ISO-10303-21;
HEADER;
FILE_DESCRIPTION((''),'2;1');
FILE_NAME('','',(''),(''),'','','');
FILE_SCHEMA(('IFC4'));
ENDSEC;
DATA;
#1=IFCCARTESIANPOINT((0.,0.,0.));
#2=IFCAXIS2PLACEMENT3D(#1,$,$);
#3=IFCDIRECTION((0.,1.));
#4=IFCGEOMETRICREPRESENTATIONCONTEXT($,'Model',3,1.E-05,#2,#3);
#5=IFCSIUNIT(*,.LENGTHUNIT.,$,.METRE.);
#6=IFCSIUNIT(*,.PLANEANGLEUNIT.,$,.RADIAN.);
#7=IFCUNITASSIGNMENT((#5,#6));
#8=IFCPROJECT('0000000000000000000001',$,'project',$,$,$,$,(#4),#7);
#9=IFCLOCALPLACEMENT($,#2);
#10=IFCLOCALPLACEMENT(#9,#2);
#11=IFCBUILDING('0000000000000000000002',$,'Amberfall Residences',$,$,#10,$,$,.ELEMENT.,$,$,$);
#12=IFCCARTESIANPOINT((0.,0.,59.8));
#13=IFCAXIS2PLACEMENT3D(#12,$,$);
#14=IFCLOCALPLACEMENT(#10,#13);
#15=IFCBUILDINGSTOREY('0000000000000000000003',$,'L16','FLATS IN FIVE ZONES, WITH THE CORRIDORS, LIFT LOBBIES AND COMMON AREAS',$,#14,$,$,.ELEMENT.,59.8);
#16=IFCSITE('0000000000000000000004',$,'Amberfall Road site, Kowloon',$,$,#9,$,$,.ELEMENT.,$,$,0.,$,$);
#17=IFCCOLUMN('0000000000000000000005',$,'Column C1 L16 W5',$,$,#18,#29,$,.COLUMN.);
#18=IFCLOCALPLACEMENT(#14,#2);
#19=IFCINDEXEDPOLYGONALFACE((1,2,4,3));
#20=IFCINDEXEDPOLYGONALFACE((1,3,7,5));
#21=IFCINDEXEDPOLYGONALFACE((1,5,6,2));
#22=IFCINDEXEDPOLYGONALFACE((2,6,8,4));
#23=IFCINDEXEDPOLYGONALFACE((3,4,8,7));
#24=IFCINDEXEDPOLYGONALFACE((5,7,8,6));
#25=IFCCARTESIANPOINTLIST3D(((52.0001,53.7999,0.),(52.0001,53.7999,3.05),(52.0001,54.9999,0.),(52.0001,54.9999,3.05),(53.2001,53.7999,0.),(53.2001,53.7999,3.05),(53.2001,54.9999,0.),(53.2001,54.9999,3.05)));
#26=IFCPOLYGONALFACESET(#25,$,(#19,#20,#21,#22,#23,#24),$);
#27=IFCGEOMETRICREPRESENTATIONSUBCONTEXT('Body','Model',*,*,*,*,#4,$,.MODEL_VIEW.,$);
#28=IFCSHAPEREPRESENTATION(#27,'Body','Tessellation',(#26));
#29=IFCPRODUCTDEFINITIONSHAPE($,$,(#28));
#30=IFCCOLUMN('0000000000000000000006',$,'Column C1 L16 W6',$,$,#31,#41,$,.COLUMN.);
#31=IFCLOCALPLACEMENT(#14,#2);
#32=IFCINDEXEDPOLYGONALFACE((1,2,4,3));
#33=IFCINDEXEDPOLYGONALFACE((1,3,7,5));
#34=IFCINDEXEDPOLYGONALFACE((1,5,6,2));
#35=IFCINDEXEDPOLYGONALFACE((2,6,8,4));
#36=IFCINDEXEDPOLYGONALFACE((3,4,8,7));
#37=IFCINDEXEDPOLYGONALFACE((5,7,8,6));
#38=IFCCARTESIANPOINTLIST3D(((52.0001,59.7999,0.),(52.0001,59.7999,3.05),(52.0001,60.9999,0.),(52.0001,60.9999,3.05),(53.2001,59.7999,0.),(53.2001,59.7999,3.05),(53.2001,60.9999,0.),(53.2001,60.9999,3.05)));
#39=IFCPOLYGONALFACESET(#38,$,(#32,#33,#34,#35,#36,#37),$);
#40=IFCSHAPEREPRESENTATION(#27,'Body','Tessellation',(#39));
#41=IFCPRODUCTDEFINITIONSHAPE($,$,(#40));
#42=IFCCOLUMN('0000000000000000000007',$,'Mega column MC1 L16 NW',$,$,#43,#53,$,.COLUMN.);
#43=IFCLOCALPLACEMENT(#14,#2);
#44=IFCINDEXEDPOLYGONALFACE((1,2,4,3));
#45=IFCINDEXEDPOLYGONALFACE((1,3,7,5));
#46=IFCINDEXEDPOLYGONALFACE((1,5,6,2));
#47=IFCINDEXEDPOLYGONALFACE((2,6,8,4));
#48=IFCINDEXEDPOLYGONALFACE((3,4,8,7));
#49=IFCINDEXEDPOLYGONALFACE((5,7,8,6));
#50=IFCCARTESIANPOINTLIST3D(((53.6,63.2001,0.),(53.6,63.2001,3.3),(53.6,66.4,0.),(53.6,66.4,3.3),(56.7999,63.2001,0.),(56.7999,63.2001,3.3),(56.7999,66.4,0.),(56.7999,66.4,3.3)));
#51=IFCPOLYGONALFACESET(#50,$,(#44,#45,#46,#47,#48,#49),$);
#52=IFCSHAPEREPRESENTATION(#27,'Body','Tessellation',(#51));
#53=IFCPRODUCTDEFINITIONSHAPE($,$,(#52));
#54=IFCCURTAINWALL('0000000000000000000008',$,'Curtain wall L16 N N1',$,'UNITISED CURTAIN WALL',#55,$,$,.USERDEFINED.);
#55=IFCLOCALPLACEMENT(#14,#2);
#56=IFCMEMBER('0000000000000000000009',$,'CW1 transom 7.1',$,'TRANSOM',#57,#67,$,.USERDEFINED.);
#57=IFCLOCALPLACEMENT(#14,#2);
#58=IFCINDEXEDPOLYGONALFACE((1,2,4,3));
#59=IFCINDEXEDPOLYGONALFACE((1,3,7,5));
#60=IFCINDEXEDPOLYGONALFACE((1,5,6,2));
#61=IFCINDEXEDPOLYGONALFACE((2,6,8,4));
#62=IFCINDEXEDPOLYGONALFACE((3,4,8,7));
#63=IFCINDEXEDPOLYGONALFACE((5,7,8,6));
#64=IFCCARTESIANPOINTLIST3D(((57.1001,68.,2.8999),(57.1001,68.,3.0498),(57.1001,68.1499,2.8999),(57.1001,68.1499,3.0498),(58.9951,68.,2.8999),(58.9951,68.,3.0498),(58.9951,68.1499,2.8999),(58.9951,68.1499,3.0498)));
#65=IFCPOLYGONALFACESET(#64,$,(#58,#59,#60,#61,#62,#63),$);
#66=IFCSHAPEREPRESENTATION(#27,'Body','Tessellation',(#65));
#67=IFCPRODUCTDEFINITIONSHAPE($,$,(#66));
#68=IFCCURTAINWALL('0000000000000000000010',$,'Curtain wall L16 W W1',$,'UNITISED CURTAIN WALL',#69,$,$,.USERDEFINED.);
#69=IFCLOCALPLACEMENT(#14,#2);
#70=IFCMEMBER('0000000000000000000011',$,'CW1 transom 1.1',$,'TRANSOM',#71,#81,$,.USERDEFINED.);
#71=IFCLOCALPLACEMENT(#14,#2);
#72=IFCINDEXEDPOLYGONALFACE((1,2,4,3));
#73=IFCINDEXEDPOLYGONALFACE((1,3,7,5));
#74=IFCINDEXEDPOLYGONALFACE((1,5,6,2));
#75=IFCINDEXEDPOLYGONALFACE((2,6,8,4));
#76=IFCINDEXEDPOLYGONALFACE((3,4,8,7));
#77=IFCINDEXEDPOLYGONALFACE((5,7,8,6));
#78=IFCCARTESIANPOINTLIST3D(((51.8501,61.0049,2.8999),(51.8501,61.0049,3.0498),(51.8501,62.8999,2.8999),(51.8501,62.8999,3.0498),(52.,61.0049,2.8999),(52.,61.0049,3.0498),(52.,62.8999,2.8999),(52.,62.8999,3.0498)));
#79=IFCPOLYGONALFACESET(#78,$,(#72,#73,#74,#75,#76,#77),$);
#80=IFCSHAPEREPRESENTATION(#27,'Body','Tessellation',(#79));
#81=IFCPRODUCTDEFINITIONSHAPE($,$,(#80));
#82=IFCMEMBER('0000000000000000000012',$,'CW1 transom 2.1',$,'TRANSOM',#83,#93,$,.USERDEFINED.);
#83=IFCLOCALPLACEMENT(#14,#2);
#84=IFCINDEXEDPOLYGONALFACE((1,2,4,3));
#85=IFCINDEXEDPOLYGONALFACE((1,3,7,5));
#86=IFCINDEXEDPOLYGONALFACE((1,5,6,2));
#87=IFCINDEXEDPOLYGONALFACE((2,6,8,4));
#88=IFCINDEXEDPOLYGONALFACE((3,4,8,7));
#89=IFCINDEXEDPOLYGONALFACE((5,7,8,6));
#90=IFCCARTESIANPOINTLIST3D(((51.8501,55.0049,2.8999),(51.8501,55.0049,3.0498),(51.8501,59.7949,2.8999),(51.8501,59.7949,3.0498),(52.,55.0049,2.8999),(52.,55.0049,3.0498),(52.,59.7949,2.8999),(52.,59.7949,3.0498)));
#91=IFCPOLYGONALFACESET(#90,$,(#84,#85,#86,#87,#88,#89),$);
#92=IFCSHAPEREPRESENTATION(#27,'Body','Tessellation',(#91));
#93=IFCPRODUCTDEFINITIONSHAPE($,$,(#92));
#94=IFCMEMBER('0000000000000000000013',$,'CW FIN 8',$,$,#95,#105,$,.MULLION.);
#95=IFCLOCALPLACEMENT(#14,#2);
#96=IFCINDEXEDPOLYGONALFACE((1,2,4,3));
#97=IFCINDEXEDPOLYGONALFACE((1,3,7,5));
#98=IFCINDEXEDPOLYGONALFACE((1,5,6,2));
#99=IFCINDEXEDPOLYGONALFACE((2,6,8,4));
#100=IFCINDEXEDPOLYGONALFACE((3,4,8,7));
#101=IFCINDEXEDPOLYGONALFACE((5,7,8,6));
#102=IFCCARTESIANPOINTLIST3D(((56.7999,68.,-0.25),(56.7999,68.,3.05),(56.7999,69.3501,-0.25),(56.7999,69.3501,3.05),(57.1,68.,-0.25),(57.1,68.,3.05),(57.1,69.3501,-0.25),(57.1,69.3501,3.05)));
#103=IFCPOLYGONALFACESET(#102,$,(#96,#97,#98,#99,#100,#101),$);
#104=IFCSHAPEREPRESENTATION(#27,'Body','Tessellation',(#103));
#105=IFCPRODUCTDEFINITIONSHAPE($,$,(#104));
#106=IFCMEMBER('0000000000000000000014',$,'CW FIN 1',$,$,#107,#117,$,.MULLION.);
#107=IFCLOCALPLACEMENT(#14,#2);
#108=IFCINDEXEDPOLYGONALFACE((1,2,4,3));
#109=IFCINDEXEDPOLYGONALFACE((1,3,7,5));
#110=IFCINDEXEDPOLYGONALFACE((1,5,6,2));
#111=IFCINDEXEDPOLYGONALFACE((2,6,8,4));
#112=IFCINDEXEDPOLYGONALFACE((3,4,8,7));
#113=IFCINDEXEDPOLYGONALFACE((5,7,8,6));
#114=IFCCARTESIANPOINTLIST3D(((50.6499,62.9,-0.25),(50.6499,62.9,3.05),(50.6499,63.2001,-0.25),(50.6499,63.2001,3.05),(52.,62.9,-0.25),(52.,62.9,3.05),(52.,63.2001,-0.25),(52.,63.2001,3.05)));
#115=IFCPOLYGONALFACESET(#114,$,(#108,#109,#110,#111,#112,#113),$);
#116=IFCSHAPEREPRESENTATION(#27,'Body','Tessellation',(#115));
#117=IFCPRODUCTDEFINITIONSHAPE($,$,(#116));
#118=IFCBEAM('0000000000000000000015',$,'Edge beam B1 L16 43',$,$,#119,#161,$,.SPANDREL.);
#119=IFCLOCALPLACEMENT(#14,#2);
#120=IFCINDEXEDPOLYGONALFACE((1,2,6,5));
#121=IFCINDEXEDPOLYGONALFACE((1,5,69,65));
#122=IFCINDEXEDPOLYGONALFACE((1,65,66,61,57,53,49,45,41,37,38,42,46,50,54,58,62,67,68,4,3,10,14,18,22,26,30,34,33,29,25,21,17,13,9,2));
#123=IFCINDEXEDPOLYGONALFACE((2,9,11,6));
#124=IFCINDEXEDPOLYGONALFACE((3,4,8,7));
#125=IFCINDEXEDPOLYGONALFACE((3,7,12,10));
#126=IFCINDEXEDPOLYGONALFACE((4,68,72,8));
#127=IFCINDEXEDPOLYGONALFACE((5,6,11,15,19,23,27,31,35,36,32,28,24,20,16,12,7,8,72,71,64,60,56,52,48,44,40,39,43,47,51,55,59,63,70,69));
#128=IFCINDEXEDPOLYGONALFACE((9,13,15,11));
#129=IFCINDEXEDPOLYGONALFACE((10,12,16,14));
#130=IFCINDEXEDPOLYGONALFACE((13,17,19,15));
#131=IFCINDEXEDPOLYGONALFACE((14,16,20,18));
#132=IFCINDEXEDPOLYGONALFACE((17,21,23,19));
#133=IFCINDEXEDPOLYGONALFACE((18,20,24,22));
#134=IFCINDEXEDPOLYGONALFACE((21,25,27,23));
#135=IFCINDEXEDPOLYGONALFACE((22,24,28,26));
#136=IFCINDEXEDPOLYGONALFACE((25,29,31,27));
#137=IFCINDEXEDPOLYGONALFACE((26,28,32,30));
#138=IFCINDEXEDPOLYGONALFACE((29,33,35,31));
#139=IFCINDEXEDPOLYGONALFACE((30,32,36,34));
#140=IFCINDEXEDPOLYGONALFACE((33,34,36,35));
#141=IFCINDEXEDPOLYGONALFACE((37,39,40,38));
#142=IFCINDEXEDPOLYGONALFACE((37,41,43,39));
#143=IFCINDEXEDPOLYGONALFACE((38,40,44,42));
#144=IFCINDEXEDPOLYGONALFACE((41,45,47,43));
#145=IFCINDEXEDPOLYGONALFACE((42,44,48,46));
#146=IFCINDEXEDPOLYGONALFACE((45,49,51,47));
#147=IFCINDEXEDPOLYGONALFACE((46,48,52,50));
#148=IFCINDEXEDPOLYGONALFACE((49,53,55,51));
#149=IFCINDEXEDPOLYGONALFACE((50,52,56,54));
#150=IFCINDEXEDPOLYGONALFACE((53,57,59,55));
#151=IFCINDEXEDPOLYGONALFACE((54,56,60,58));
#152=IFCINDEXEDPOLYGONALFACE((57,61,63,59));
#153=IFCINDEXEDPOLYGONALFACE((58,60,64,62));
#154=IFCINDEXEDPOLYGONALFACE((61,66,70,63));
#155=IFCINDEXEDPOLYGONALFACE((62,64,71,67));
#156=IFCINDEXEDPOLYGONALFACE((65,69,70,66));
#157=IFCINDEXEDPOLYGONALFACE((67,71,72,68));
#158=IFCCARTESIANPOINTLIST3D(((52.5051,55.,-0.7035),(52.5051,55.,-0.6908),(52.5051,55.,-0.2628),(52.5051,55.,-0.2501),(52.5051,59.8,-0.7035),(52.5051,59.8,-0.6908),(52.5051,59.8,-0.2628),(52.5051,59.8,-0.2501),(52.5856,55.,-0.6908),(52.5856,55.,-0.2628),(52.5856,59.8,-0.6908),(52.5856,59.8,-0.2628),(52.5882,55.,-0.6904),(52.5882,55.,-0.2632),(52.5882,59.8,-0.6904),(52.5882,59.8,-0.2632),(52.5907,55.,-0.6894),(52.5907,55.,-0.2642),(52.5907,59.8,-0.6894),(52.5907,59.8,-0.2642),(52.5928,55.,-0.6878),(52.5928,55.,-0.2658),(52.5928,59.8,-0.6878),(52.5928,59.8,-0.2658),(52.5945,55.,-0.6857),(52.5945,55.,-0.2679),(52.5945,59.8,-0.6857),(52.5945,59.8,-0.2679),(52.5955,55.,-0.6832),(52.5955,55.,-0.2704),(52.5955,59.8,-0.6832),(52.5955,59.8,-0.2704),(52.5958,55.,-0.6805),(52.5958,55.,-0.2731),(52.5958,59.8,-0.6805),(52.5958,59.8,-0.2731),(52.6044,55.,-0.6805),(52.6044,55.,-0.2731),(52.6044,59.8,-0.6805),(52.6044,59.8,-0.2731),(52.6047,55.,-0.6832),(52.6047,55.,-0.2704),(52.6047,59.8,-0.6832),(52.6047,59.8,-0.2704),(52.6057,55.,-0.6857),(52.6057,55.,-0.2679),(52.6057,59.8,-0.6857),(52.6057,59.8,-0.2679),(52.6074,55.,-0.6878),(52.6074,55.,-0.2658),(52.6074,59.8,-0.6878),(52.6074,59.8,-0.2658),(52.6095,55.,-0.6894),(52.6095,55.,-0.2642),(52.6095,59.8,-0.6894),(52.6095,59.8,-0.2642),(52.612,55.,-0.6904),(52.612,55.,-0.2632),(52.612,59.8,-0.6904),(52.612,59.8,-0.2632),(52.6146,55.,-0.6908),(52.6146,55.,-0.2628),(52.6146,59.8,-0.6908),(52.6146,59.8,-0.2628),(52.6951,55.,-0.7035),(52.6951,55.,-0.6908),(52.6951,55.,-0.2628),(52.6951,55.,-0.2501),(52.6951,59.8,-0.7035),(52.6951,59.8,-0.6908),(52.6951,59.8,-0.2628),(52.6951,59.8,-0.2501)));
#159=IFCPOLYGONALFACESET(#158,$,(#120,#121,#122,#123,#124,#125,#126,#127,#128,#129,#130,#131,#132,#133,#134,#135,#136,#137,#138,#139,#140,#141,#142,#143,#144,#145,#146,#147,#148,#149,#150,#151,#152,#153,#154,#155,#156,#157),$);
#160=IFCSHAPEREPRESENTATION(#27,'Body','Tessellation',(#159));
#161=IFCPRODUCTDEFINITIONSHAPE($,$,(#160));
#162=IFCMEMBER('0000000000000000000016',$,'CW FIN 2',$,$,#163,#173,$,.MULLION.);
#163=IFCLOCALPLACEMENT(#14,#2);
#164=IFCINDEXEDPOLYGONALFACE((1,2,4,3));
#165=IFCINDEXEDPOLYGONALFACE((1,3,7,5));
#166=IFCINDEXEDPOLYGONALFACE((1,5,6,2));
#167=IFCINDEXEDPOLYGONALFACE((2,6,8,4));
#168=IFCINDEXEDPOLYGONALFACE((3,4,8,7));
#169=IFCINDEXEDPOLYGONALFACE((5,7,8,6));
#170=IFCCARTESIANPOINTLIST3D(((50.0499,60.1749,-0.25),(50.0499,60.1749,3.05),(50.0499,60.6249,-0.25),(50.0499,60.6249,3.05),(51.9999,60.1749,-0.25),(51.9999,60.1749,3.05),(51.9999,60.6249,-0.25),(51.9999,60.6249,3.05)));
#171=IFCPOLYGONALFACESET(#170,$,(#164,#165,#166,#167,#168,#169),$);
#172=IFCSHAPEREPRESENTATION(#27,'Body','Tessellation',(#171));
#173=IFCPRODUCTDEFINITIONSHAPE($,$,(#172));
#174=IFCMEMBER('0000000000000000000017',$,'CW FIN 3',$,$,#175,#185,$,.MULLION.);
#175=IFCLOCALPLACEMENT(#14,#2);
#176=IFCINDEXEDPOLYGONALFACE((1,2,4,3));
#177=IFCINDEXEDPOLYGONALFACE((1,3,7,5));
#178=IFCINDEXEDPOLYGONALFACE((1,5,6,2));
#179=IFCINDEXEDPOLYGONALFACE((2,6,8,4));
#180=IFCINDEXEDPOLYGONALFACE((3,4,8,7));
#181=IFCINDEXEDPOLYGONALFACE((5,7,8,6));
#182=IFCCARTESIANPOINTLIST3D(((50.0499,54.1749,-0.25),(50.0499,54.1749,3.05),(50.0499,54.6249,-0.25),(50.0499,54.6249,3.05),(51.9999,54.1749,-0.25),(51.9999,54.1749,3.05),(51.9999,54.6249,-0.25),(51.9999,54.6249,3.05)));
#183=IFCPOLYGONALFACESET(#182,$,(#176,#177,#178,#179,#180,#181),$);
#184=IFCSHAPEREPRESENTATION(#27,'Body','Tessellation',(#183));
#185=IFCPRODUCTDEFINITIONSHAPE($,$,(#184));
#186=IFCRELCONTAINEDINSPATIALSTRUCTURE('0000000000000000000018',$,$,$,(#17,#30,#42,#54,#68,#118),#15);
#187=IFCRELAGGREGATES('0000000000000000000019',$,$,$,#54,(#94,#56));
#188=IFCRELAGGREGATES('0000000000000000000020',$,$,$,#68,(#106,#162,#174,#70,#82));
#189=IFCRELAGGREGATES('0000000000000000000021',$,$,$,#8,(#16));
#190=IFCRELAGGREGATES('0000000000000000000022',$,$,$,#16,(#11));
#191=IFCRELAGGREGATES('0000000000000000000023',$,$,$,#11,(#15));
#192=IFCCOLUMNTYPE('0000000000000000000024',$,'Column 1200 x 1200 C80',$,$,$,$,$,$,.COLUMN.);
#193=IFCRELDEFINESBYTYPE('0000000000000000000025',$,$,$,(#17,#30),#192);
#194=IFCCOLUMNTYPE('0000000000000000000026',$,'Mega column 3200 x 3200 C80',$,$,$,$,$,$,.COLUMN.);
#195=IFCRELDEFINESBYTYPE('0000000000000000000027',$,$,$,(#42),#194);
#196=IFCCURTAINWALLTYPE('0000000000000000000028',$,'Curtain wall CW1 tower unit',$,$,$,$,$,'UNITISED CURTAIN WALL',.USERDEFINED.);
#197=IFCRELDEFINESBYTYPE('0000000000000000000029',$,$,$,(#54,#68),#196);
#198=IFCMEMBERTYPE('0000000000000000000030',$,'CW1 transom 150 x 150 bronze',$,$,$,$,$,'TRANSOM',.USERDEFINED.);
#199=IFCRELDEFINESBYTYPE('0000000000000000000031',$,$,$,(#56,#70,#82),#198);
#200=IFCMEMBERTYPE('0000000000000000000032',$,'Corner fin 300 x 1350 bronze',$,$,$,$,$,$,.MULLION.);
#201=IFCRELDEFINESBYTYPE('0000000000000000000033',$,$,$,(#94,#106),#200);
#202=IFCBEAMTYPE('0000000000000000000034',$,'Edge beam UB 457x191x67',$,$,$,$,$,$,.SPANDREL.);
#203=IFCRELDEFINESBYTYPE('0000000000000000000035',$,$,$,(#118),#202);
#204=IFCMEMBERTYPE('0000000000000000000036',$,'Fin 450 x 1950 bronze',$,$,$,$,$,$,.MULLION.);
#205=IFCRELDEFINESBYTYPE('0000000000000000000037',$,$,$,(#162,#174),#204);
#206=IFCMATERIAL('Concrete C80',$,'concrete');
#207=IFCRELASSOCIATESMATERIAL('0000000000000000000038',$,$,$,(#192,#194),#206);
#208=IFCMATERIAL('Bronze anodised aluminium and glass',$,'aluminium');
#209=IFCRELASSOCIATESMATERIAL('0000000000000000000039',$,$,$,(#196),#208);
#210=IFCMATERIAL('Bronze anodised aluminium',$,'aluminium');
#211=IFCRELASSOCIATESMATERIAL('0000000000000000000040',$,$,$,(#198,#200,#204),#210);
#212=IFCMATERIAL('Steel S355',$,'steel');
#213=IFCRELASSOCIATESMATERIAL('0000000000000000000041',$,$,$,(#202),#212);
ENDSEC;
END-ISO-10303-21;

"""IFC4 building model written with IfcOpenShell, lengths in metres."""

from ifc_helpers import new_model, si_unit, direction, frame, origin, origin_2d, place, context, subcontext, project, spatial, rectangle, i_section, extrude, material, material_profile, profile_set, type_object, element, aggregate, save


model = new_model("IFC4")

# Units and contexts
model_context = context("Model", 3, precision=1e-05, world=origin(), true_north=direction((0.0, 1.0)))
body_context = subcontext(model_context, "Body", "Model", "MODEL_VIEW")
ifc_project = project(units=[si_unit("LENGTHUNIT", "METRE"), si_unit("PLANEANGLEUNIT", "RADIAN")], contexts=[model_context])

# Site, building, storey
site_placement = place(None, origin())
site = spatial("IfcSite", under=ifc_project, at=site_placement, Name="Amberfall Road site, Kowloon", CompositionType="ELEMENT", RefElevation=0.0)
building_placement = place(site_placement, origin())
building = spatial("IfcBuilding", under=site, at=building_placement, Name="Amberfall Residences", CompositionType="ELEMENT")
storey_placement = place(building_placement, frame((0.0, 0.0, 59.8)))
storey = spatial("IfcBuildingStorey", under=building, at=storey_placement, Name="L16", Description="FLATS IN FIVE ZONES, WITH THE CORRIDORS, LIFT LOBBIES AND COMMON AREAS", CompositionType="ELEMENT", Elevation=59.8)

# Columns
ifc_material_1 = material(Name="Concrete C80", Category="concrete")
ifc_material_profile_1 = material_profile(ifc_material_1, rectangle(XDim=1.2, YDim=1.2, at=origin_2d()), Name="Column 1200 x 1200 C80")
ifc_profile_set_1 = profile_set([ifc_material_profile_1], Name="Concrete C80")
column_type_1 = type_object("IfcColumnType", Name="Column 1200 x 1200 C80", PredefinedType="COLUMN", material=ifc_profile_set_1)
for number, where, z_axis, x_axis, name in (
    (1, (52.6001, 54.3999, 0.0), (0.0, 0.0, 1.0), (1.0, 0.0, 0.0), "Column C1 L16 W5"),
    (2, (52.6001, 60.3999, 0.0), (0.0, 0.0, 1.0), (1.0, 0.0, 0.0), "Column C1 L16 W6"),
):
    element("IfcColumn", number, at=place(storey_placement, frame(where, z_axis=z_axis, x_axis=x_axis)), inside=storey, type_object=column_type_1, Name=name, PredefinedType="COLUMN", context=body_context, shape_type="SweptSolid", body=[
        extrude(rectangle(XDim=1.2, YDim=1.2, at=origin_2d()), origin(), (0.0, 0.0, 1.0), 3.05),
    ])
ifc_material_profile_2 = material_profile(ifc_material_1, rectangle(XDim=3.2, YDim=3.2, at=origin_2d()), Name="Mega column 3200 x 3200 C80")
ifc_profile_set_2 = profile_set([ifc_material_profile_2], Name="Concrete C80")
column_type_2 = type_object("IfcColumnType", Name="Mega column 3200 x 3200 C80", PredefinedType="COLUMN", material=ifc_profile_set_2)
column_placement = place(storey_placement, frame((55.2, 64.8, 0.0), z_axis=(0.0, 0.0, 1.0), x_axis=(1.0, 0.0, 0.0)))
element("IfcColumn", 3, at=column_placement, inside=storey, type_object=column_type_2, Name="Mega column MC1 L16 NW", PredefinedType="COLUMN", context=body_context, shape_type="SweptSolid", body=[
    extrude(rectangle(XDim=3.2, YDim=3.2, at=origin_2d()), origin(), (0.0, 0.0, 1.0), 3.3),
])

# Curtain wall, member
ifc_material_2 = material(Name="Bronze anodised aluminium and glass", Category="aluminium")
curtain_wall_type = type_object("IfcCurtainWallType", Name="Curtain wall CW1 tower unit", ElementType="UNITISED CURTAIN WALL", PredefinedType="USERDEFINED", material=ifc_material_2)
curtain_wall_1_placement = place(storey_placement, origin())
curtain_wall_1 = element("IfcCurtainWall", 4, at=curtain_wall_1_placement, inside=storey, type_object=curtain_wall_type, Name="Curtain wall L16 N N1", ObjectType="UNITISED CURTAIN WALL", PredefinedType="USERDEFINED")
ifc_material_3 = material(Name="Bronze anodised aluminium", Category="aluminium")
ifc_material_profile_3 = material_profile(ifc_material_3, rectangle(XDim=0.1499, YDim=0.1499, at=origin_2d()), Name="CW1 transom 150 x 150 bronze")
ifc_profile_set_3 = profile_set([ifc_material_profile_3], Name="Bronze anodised aluminium")
member_type_1 = type_object("IfcMemberType", Name="CW1 transom 150 x 150 bronze", ElementType="TRANSOM", PredefinedType="USERDEFINED", material=ifc_profile_set_3)
member_1_placement = place(storey_placement, frame((58.9951, 68.075, 2.9749), z_axis=(-1.0, 0.0, 0.0), x_axis=(0.0, -1.0, 0.0)))
member_1 = element("IfcMember", 5, at=member_1_placement, type_object=member_type_1, Name="CW1 transom 7.1", ObjectType="TRANSOM", PredefinedType="USERDEFINED", context=body_context, shape_type="SweptSolid", body=[
    extrude(rectangle(XDim=0.1499, YDim=0.1499, at=origin_2d()), origin(), (0.0, 0.0, 1.0), 1.895),
])

# Curtain wall, members
curtain_wall_2_placement = place(storey_placement, origin())
curtain_wall_2 = element("IfcCurtainWall", 6, at=curtain_wall_2_placement, inside=storey, type_object=curtain_wall_type, Name="Curtain wall L16 W W1", ObjectType="UNITISED CURTAIN WALL", PredefinedType="USERDEFINED")
member_2_placement = place(storey_placement, frame((51.925, 62.8999, 2.9749), z_axis=(0.0, -1.0, 0.0), x_axis=(1.0, 0.0, 0.0)))
member_2 = element("IfcMember", 7, at=member_2_placement, type_object=member_type_1, Name="CW1 transom 1.1", ObjectType="TRANSOM", PredefinedType="USERDEFINED", context=body_context, shape_type="SweptSolid", body=[
    extrude(rectangle(XDim=0.1499, YDim=0.1499, at=origin_2d()), origin(), (0.0, 0.0, 1.0), 1.895),
])
member_3_placement = place(storey_placement, frame((51.925, 59.7949, 2.9749), z_axis=(0.0, -1.0, 0.0), x_axis=(1.0, 0.0, 0.0)))
member_3 = element("IfcMember", 8, at=member_3_placement, type_object=member_type_1, Name="CW1 transom 2.1", ObjectType="TRANSOM", PredefinedType="USERDEFINED", context=body_context, shape_type="SweptSolid", body=[
    extrude(rectangle(XDim=0.1499, YDim=0.1499, at=origin_2d()), origin(), (0.0, 0.0, 1.0), 4.79),
])

# Members
ifc_material_profile_4 = material_profile(ifc_material_3, rectangle(XDim=1.3501, YDim=0.3, at=origin_2d()), Name="Corner fin 300 x 1350 bronze")
ifc_profile_set_4 = profile_set([ifc_material_profile_4], Name="Bronze anodised aluminium")
member_type_2 = type_object("IfcMemberType", Name="Corner fin 300 x 1350 bronze", PredefinedType="MULLION", material=ifc_profile_set_4)
member_4_placement = place(storey_placement, frame((56.95, 68.675, -0.25), z_axis=(0.0, 0.0, 1.0), x_axis=(0.0, -1.0, 0.0)))
member_4 = element("IfcMember", 9, at=member_4_placement, type_object=member_type_2, Name="CW FIN 8", PredefinedType="MULLION", context=body_context, shape_type="SweptSolid", body=[
    extrude(rectangle(XDim=1.3501, YDim=0.3, at=origin_2d()), origin(), (0.0, 0.0, 1.0), 3.3),
])
member_5_placement = place(storey_placement, frame((51.325, 63.05, -0.25), z_axis=(0.0, 0.0, 1.0), x_axis=(1.0, 0.0, 0.0)))
member_5 = element("IfcMember", 10, at=member_5_placement, type_object=member_type_2, Name="CW FIN 1", PredefinedType="MULLION", context=body_context, shape_type="SweptSolid", body=[
    extrude(rectangle(XDim=1.3501, YDim=0.3, at=origin_2d()), origin(), (0.0, 0.0, 1.0), 3.3),
])

# Beam
ifc_material_4 = material(Name="Steel S355", Category="steel")
ifc_material_profile_5 = material_profile(ifc_material_4, i_section(OverallWidth=0.1899, OverallDepth=0.4534, WebThickness=0.0085, FlangeThickness=0.0127, FilletRadius=0.0103, at=origin_2d()), Name="UB 457x191x67")
ifc_profile_set_5 = profile_set([ifc_material_profile_5], Name="Steel S355")
beam_type_1 = type_object("IfcBeamType", Name="Edge beam UB 457x191x67", PredefinedType="SPANDREL", material=ifc_profile_set_5)
beam_1_placement = place(storey_placement, frame((52.6001, 55.0, -0.4768), z_axis=(0.0, 1.0, 0.0), x_axis=(-1.0, 0.0, 0.0)))
element("IfcBeam", 11, at=beam_1_placement, inside=storey, type_object=beam_type_1, Name="Edge beam B1 L16 43", PredefinedType="SPANDREL", context=body_context, shape_type="SweptSolid", body=[
    extrude(i_section(OverallWidth=0.1899, OverallDepth=0.4534, WebThickness=0.0085, FlangeThickness=0.0127, FilletRadius=0.0103, at=origin_2d()), origin(), (0.0, 0.0, 1.0), 4.8),
])

# Members
ifc_material_profile_6 = material_profile(ifc_material_3, rectangle(XDim=1.95, YDim=0.45, at=origin_2d()), Name="Fin 450 x 1950 bronze")
ifc_profile_set_6 = profile_set([ifc_material_profile_6], Name="Bronze anodised aluminium")
member_type_3 = type_object("IfcMemberType", Name="Fin 450 x 1950 bronze", PredefinedType="MULLION", material=ifc_profile_set_6)
member_6_placement = place(storey_placement, frame((51.0249, 60.3999, -0.25), z_axis=(0.0, 0.0, 1.0), x_axis=(1.0, 0.0, 0.0)))
member_6 = element("IfcMember", 12, at=member_6_placement, type_object=member_type_3, Name="CW FIN 2", PredefinedType="MULLION", context=body_context, shape_type="SweptSolid", body=[
    extrude(rectangle(XDim=1.95, YDim=0.45, at=origin_2d()), origin(), (0.0, 0.0, 1.0), 3.3),
])
member_7_placement = place(storey_placement, frame((51.0249, 54.3999, -0.25), z_axis=(0.0, 0.0, 1.0), x_axis=(1.0, 0.0, 0.0)))
member_7 = element("IfcMember", 13, at=member_7_placement, type_object=member_type_3, Name="CW FIN 3", PredefinedType="MULLION", context=body_context, shape_type="SweptSolid", body=[
    extrude(rectangle(XDim=1.95, YDim=0.45, at=origin_2d()), origin(), (0.0, 0.0, 1.0), 3.3),
])

aggregate(curtain_wall_1, [member_4, member_1])
aggregate(curtain_wall_2, [member_5, member_6, member_7, member_2, member_3])

save(model, "model.ifc")
